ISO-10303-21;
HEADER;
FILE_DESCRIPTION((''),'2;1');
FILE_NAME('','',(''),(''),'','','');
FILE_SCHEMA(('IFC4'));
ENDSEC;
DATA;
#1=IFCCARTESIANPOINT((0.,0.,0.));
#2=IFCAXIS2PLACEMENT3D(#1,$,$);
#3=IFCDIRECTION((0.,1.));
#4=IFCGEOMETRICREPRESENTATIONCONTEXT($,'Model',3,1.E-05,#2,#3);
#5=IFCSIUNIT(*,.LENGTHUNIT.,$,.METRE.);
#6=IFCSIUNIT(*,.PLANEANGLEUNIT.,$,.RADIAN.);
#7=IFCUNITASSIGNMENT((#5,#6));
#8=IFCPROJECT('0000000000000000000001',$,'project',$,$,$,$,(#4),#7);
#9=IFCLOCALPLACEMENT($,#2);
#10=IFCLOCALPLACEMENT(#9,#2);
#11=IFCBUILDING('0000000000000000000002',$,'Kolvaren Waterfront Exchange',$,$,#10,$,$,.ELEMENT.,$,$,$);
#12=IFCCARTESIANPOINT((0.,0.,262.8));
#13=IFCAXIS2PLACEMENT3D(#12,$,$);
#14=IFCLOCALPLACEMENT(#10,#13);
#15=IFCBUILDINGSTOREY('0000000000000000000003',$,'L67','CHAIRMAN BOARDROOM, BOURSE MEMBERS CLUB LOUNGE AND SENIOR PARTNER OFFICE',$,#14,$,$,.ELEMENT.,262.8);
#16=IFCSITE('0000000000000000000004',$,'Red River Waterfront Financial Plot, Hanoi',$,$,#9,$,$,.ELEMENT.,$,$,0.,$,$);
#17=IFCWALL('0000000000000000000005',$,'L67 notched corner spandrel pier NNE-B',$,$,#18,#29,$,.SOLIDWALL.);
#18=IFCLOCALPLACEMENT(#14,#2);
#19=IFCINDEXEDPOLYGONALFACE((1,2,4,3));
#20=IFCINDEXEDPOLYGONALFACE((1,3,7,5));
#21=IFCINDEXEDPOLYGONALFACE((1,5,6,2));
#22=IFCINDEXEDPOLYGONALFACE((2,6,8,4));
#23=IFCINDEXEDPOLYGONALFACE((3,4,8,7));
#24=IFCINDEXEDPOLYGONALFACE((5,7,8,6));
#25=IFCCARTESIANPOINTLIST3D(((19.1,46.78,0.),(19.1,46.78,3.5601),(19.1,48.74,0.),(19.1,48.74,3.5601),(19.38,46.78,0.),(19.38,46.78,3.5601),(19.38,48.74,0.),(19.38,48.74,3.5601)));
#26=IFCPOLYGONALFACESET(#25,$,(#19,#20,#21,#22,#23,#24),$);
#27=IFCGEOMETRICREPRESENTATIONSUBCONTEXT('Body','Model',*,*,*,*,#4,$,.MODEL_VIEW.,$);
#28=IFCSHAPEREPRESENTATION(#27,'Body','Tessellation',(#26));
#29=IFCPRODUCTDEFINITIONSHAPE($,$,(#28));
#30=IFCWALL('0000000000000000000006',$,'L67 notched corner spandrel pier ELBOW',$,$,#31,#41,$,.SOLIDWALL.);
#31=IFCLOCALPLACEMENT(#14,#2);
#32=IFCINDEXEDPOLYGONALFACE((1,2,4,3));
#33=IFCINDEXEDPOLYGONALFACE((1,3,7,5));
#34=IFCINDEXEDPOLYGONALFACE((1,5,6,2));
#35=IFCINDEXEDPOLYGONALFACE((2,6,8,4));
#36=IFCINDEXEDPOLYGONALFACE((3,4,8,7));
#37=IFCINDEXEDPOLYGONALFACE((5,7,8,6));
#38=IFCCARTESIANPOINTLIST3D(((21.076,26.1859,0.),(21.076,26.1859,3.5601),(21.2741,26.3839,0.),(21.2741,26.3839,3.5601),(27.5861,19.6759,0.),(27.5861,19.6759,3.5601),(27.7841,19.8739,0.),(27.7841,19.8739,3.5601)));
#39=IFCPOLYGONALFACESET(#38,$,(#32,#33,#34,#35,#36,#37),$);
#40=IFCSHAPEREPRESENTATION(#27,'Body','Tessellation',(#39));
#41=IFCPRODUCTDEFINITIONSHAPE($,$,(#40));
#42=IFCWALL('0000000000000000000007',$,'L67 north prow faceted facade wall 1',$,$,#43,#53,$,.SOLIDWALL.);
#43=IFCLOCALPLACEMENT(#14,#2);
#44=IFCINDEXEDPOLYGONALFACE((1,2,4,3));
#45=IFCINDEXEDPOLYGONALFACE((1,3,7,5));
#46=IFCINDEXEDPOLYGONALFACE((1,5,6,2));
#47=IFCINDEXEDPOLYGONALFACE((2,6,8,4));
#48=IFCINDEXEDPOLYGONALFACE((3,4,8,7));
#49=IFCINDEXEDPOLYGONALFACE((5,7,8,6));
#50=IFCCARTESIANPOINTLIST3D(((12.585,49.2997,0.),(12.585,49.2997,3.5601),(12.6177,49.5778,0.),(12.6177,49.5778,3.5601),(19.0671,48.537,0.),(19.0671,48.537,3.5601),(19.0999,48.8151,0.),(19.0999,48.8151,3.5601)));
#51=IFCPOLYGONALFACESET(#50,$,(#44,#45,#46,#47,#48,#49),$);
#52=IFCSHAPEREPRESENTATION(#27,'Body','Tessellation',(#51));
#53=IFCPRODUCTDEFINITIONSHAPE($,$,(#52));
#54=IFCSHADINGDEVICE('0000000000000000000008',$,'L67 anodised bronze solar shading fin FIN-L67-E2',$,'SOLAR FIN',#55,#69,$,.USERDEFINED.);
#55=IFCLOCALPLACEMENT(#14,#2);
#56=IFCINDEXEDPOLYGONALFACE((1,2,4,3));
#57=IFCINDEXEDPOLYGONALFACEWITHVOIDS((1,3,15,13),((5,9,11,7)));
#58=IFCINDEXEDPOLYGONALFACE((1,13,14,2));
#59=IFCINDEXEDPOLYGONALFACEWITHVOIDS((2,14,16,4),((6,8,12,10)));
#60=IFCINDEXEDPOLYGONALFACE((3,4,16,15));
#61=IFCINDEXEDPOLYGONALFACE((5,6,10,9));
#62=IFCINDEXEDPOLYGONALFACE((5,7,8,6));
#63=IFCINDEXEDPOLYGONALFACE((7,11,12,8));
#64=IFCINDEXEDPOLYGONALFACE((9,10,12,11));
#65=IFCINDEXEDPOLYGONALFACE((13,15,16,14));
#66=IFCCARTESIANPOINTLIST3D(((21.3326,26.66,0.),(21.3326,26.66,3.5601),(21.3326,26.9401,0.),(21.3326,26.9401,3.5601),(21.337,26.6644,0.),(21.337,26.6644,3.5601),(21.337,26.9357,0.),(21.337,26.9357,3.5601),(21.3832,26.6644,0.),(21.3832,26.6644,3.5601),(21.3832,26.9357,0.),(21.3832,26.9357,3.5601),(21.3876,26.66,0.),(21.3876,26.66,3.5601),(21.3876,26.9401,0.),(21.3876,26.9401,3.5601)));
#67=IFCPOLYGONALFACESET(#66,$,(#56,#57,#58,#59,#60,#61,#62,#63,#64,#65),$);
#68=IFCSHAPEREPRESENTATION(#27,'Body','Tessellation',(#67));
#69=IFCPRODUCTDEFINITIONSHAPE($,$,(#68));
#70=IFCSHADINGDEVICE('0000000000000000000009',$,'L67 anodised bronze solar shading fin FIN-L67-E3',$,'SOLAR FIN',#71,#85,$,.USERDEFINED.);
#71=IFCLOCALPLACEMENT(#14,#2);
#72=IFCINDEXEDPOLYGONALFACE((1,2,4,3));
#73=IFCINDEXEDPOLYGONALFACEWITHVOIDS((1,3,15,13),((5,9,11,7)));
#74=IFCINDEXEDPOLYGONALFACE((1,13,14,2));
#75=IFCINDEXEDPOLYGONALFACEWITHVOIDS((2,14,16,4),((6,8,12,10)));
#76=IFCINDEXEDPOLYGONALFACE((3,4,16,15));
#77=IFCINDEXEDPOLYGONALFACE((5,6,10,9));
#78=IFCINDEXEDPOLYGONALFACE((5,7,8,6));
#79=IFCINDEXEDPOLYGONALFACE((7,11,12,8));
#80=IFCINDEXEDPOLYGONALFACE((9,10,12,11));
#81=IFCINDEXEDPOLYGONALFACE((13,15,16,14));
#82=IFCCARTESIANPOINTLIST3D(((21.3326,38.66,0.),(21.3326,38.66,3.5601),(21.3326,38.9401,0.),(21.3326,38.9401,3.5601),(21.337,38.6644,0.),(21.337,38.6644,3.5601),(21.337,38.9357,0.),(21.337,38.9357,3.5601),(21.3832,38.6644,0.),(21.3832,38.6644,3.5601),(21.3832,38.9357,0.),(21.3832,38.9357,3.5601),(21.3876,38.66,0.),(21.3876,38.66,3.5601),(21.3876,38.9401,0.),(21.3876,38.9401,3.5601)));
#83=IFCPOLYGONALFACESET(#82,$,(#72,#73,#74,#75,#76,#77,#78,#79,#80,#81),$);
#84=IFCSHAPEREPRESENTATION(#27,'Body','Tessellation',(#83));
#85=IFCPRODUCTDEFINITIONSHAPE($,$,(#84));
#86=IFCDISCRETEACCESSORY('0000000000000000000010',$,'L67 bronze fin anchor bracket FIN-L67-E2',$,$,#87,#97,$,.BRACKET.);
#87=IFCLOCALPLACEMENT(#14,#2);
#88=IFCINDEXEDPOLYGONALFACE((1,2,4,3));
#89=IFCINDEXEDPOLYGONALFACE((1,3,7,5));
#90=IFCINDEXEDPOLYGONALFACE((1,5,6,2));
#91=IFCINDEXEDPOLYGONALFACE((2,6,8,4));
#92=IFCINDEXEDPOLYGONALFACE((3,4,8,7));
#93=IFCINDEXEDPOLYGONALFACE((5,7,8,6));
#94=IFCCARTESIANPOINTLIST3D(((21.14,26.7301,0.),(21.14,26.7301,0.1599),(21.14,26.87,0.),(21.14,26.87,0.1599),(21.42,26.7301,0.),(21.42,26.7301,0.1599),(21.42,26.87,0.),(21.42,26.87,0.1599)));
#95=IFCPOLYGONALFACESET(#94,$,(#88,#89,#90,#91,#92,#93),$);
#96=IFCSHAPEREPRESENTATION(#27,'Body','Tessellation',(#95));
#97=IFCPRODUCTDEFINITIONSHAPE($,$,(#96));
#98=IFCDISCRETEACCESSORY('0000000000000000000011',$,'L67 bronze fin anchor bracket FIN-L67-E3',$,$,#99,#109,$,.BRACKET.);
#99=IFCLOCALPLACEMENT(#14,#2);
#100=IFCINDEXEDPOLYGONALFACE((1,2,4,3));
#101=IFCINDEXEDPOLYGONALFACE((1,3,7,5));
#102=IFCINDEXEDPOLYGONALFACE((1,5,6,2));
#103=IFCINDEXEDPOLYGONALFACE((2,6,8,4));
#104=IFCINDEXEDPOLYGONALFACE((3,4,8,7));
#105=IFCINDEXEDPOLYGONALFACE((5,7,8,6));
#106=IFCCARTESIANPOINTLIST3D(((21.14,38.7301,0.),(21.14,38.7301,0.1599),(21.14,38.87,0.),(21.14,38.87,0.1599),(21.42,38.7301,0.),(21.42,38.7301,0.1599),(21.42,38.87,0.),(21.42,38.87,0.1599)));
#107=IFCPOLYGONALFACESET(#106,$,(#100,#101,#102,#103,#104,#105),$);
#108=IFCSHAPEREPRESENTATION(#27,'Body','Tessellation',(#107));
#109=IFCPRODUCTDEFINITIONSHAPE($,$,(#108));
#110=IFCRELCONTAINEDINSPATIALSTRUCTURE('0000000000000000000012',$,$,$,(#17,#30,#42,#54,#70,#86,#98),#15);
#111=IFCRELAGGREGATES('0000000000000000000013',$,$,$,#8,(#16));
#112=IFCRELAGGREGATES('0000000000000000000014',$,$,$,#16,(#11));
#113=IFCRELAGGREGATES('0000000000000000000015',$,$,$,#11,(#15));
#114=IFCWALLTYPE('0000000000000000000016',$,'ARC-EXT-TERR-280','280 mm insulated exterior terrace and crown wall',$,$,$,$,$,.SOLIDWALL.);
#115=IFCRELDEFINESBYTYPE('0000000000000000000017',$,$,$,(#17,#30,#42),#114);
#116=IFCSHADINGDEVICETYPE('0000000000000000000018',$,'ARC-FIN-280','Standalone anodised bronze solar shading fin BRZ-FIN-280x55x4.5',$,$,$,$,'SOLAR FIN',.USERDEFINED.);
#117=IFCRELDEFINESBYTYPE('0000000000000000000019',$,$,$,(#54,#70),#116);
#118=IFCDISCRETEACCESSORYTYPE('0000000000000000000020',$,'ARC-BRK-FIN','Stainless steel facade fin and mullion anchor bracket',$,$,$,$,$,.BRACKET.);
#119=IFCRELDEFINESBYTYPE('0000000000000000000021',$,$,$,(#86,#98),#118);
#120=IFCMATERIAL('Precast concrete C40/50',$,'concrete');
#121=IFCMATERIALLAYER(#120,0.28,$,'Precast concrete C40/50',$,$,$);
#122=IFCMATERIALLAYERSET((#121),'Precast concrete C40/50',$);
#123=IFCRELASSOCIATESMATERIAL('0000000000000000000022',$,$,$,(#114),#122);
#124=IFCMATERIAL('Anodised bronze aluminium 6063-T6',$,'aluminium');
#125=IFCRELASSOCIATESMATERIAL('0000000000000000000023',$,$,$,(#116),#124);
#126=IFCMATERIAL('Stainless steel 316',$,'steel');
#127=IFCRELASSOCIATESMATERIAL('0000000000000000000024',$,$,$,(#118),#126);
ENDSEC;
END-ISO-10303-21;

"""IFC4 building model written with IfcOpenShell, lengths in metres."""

from ifc_helpers import new_model, si_unit, direction, frame, frame_2d, origin, origin_with_axes, origin_2d, place, context, subcontext, project, spatial, rectangle, hollow_rectangle, extrude, source, transform, mapped, material, layer, layer_set, material_profile, profile_set, type_object, element, save


model = new_model("IFC4")

# Units and contexts
model_context = context("Model", 3, precision=1e-05, world=origin(), true_north=direction((0.0, 1.0)))
body_context = subcontext(model_context, "Body", "Model", "MODEL_VIEW")
ifc_project = project(units=[si_unit("LENGTHUNIT", "METRE"), si_unit("PLANEANGLEUNIT", "RADIAN")], contexts=[model_context])

# Site, building, storey
site_placement = place(None, origin())
site = spatial("IfcSite", under=ifc_project, at=site_placement, Name="Red River Waterfront Financial Plot, Hanoi", CompositionType="ELEMENT", RefElevation=0.0)
building_placement = place(site_placement, origin())
building = spatial("IfcBuilding", under=site, at=building_placement, Name="Kolvaren Waterfront Exchange", CompositionType="ELEMENT")
storey_placement = place(building_placement, frame((0.0, 0.0, 262.8)))
storey = spatial("IfcBuildingStorey", under=building, at=storey_placement, Name="L67", Description="CHAIRMAN BOARDROOM, BOURSE MEMBERS CLUB LOUNGE AND SENIOR PARTNER OFFICE", CompositionType="ELEMENT", Elevation=262.8)

# Shared definitions
ifc_material_1 = material(Name="Anodised bronze aluminium 6063-T6", Category="aluminium")

# Walls
ifc_material_2 = material(Name="Precast concrete C40/50", Category="concrete")
ifc_layer_1 = layer(ifc_material_2, 0.28, Name="Precast concrete C40/50")
ifc_layer_set_1 = layer_set([ifc_layer_1], Name="Precast concrete C40/50")
wall_type = type_object("IfcWallType", Name="ARC-EXT-TERR-280", Description="280 mm insulated exterior terrace and crown wall", PredefinedType="SOLIDWALL", material=ifc_layer_set_1)
wall_1_placement = place(storey_placement, frame((19.24, 46.78, 0.0), z_axis=(0.0, 0.0, 1.0), x_axis=(0.0, 1.0, 0.0)))
element("IfcWall", 1, at=wall_1_placement, inside=storey, type_object=wall_type, Name="L67 notched corner spandrel pier NNE-B", PredefinedType="SOLIDWALL", context=body_context, shape_type="SweptSolid", body=[
    extrude(rectangle(XDim=1.96, YDim=0.28, at=frame_2d((0.98, 0.0))), origin(), (0.0, 0.0, 1.0), 3.5601),
])
wall_2_placement = place(storey_placement, frame((27.6851, 19.7749, 0.0), z_axis=(0.0, 0.0, 1.0), x_axis=(-0.707107, 0.707107, 0.0)))
element("IfcWall", 2, at=wall_2_placement, inside=storey, type_object=wall_type, Name="L67 notched corner spandrel pier ELBOW", PredefinedType="SOLIDWALL", context=body_context, shape_type="SweptSolid", body=[
    extrude(rectangle(XDim=9.2065, YDim=0.28, at=frame_2d((4.6033, 0.0))), origin(), (0.0, 0.0, 1.0), 3.5601),
])
wall_3_placement = place(storey_placement, frame((19.0835, 48.676, 0.0), z_axis=(0.0, 0.0, 1.0), x_axis=(-0.993149, 0.116854, 0.0)))
element("IfcWall", 3, at=wall_3_placement, inside=storey, type_object=wall_type, Name="L67 north prow faceted facade wall 1", PredefinedType="SOLIDWALL", context=body_context, shape_type="SweptSolid", body=[
    extrude(rectangle(XDim=6.5269, YDim=0.28, at=frame_2d((3.2634, 0.0))), origin(), (0.0, 0.0, 1.0), 3.5601),
])

# Shading devices
ifc_material_profile_1 = material_profile(ifc_material_1, hollow_rectangle(XDim=0.0549, YDim=0.28, WallThickness=0.0044, at=origin_2d()), Name="BRZ-FIN-280x55x4.5")
ifc_profile_set_1 = profile_set([ifc_material_profile_1], Name="Anodised bronze aluminium 6063-T6")
shading_device_type = type_object("IfcShadingDeviceType", Name="ARC-FIN-280", Description="Standalone anodised bronze solar shading fin BRZ-FIN-280x55x4.5", ElementType="SOLAR FIN", PredefinedType="USERDEFINED", material=ifc_profile_set_1)
for number, where, z_axis, x_axis, name in (
    (4, (21.3601, 26.8, 0.0), (0.0, 0.0, 1.0), (1.0, 0.0, 0.0), "L67 anodised bronze solar shading fin FIN-L67-E2"),
    (5, (21.3601, 38.8, 0.0), (0.0, 0.0, 1.0), (1.0, 0.0, 0.0), "L67 anodised bronze solar shading fin FIN-L67-E3"),
):
    element("IfcShadingDevice", number, at=place(storey_placement, frame(where, z_axis=z_axis, x_axis=x_axis)), inside=storey, type_object=shading_device_type, Name=name, ObjectType="SOLAR FIN", PredefinedType="USERDEFINED", context=body_context, shape_type="SweptSolid", body=[
        extrude(hollow_rectangle(XDim=0.0549, YDim=0.28, WallThickness=0.0044, at=origin_2d()), origin(), (0.0, 0.0, 1.0), 3.5601),
    ])

# Shared definitions
ifc_material_3 = material(Name="Stainless steel 316", Category="steel")

# Discrete accessories
discrete_accessory_type = type_object("IfcDiscreteAccessoryType", Name="ARC-BRK-FIN", Description="Stainless steel facade fin and mullion anchor bracket", PredefinedType="BRACKET", material=ifc_material_3)
shared_shape_1 = source(origin_with_axes(), body_context, "Body", "SweptSolid", [
    extrude(rectangle(XDim=0.28, YDim=0.1399, at=origin_2d()), origin(), (0.0, 0.0, 1.0), 0.1599),
])
for number, where, z_axis, x_axis, name in (
    (6, (21.28, 26.8, 0.0), (0.0, 0.0, 1.0), (1.0, 0.0, 0.0), "L67 bronze fin anchor bracket FIN-L67-E2"),
    (7, (21.28, 38.8, 0.0), (0.0, 0.0, 1.0), (1.0, 0.0, 0.0), "L67 bronze fin anchor bracket FIN-L67-E3"),
):
    element("IfcDiscreteAccessory", number, at=place(storey_placement, frame(where, z_axis=z_axis, x_axis=x_axis)), inside=storey, type_object=discrete_accessory_type, Name=name, PredefinedType="BRACKET", context=body_context, shape_type="MappedRepresentation", body=[
        mapped(shared_shape_1, transform((0.0, 0.0, 0.0), x_axis=(1.0, 0.0, 0.0), y_axis=(0.0, 1.0, 0.0), z_axis=(0.0, 0.0, 1.0), scale=1.0)),
    ])

save(model, "model.ifc")
